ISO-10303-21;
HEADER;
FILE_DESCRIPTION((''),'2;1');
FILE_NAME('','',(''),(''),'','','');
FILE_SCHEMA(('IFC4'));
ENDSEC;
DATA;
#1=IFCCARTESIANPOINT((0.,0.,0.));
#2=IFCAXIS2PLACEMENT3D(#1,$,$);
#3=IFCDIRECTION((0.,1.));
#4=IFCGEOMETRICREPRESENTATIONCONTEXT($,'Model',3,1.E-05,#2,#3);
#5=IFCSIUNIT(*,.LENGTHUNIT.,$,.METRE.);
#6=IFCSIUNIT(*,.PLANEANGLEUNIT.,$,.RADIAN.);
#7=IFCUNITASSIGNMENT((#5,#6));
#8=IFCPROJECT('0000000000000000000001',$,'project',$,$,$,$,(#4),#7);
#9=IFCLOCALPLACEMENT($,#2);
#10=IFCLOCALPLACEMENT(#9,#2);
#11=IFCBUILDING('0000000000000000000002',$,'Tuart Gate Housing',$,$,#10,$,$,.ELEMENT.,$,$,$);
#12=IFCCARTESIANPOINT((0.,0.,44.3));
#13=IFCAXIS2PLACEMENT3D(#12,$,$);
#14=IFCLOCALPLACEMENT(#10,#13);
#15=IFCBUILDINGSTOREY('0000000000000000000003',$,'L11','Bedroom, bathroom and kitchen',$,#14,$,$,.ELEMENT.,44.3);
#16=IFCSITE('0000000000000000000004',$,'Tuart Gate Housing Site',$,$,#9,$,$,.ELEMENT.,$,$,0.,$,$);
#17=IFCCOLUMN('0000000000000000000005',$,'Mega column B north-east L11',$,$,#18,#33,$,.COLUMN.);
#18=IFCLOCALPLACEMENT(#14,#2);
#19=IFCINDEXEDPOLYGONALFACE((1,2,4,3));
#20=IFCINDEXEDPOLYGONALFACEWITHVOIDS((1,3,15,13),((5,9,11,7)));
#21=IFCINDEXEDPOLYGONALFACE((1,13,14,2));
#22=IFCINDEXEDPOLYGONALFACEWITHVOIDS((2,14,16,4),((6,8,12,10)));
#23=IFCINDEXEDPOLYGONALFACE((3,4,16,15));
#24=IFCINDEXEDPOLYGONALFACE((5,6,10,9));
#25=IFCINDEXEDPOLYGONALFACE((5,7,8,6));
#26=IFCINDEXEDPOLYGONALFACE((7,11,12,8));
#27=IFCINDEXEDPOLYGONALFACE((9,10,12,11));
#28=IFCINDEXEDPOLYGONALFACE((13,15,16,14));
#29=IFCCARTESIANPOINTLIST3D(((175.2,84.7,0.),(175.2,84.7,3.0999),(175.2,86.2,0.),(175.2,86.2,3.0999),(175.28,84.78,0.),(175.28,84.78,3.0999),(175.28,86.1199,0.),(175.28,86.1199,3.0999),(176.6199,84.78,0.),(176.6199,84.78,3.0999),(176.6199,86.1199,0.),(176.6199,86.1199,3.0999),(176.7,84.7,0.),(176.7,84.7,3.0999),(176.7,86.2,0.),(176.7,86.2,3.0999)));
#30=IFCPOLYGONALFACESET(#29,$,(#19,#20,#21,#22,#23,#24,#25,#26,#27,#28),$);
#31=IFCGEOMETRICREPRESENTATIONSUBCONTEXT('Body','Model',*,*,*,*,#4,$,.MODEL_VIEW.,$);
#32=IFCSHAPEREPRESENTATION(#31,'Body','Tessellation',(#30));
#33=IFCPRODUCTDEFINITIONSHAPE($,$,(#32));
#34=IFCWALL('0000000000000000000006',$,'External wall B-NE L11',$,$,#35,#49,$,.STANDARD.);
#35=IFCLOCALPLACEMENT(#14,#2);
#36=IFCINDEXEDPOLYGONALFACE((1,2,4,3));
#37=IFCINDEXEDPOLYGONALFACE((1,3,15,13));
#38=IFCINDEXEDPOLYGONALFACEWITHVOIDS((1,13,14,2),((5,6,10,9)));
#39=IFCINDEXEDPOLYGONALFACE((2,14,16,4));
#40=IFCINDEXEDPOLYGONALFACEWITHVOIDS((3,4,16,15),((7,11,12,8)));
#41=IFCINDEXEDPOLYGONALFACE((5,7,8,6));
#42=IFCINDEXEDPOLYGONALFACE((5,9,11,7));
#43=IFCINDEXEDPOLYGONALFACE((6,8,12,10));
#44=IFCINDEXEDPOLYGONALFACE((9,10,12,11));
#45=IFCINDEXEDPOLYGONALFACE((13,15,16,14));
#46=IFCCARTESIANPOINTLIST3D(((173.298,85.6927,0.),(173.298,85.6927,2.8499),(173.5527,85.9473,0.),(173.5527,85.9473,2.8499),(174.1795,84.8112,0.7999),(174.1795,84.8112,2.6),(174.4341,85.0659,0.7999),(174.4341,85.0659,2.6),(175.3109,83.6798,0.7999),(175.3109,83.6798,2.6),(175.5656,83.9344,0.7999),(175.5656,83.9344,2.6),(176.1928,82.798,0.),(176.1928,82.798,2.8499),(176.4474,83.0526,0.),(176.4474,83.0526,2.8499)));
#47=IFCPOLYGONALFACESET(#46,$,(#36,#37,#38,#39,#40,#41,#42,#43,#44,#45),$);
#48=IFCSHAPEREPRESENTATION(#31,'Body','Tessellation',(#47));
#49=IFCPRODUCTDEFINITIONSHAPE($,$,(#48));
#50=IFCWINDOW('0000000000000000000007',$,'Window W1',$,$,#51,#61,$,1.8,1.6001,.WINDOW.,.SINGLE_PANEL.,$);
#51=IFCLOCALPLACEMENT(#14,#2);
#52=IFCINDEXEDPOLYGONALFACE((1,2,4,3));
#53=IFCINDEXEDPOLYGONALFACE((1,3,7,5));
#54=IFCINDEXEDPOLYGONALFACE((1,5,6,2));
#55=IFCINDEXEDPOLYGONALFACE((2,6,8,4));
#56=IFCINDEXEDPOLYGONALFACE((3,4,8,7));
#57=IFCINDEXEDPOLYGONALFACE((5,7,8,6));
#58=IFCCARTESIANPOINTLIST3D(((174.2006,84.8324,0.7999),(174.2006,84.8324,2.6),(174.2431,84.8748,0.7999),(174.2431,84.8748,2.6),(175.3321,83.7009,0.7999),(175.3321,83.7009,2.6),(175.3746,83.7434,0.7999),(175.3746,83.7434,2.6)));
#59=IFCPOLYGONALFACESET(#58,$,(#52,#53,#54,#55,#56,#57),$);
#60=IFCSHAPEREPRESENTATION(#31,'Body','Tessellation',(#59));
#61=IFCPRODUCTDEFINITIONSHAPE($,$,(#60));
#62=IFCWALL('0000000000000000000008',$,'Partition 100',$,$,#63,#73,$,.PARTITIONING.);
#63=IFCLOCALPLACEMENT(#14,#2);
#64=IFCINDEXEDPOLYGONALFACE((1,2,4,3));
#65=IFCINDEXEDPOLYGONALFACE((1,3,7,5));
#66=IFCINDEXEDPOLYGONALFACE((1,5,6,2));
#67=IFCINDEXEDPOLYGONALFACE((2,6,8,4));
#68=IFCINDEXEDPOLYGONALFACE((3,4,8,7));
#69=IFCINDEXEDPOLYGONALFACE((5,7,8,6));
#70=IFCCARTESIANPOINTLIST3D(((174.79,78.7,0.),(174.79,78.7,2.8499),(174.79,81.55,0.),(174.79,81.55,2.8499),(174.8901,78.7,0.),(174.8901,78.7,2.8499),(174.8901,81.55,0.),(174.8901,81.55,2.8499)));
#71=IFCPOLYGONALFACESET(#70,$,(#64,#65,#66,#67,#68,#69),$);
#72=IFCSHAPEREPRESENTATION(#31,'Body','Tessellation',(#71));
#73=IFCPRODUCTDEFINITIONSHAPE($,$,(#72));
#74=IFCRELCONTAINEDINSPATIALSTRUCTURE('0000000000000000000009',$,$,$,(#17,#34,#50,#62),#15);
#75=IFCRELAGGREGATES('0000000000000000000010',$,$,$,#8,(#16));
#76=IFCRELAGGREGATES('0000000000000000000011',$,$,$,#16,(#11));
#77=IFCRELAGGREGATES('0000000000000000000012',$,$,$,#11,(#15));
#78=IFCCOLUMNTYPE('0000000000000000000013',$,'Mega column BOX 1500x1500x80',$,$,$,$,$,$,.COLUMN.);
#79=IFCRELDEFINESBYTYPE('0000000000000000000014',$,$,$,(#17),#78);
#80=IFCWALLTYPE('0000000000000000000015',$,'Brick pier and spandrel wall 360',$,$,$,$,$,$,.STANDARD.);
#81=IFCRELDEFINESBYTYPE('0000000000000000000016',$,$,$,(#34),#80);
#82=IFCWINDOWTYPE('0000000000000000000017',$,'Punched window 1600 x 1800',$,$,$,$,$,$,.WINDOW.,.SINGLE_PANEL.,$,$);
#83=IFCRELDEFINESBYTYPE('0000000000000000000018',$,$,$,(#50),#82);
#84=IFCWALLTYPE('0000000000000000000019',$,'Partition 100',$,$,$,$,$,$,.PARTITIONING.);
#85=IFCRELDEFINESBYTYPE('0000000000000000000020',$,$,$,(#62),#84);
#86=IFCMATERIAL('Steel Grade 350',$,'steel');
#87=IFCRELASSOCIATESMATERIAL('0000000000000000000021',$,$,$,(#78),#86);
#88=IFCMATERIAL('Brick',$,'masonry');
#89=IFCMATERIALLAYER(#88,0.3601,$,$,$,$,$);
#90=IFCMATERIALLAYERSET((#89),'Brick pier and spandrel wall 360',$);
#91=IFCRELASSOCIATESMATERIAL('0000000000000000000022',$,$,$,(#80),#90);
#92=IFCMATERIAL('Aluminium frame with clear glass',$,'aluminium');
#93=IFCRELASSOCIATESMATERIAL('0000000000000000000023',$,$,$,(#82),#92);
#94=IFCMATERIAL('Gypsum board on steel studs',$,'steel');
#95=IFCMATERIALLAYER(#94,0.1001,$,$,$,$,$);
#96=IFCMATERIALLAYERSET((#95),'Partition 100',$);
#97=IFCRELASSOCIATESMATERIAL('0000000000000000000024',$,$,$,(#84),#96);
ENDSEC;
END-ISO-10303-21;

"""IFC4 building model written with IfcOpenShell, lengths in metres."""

from ifc_helpers import new_model, si_unit, direction, frame, frame_2d, origin, origin_2d, place, context, subcontext, project, spatial, rectangle, hollow_rectangle, extrude, material, layer, layer_set, material_profile, profile_set, type_object, element, fill, save


model = new_model("IFC4")

# Units and contexts
model_context = context("Model", 3, precision=1e-05, world=origin(), true_north=direction((0.0, 1.0)))
body_context = subcontext(model_context, "Body", "Model", "MODEL_VIEW")
ifc_project = project(units=[si_unit("LENGTHUNIT", "METRE"), si_unit("PLANEANGLEUNIT", "RADIAN")], contexts=[model_context])

# Site, building, storey
site_placement = place(None, origin())
site = spatial("IfcSite", under=ifc_project, at=site_placement, Name="Tuart Gate Housing Site", CompositionType="ELEMENT", RefElevation=0.0)
building_placement = place(site_placement, origin())
building = spatial("IfcBuilding", under=site, at=building_placement, Name="Tuart Gate Housing", CompositionType="ELEMENT")
storey_placement = place(building_placement, frame((0.0, 0.0, 44.3)))
storey = spatial("IfcBuildingStorey", under=building, at=storey_placement, Name="L11", Description="Bedroom, bathroom and kitchen", CompositionType="ELEMENT", Elevation=44.3)

# Column
ifc_material_1 = material(Name="Steel Grade 350", Category="steel")
ifc_material_profile = material_profile(ifc_material_1, hollow_rectangle(XDim=1.5, YDim=1.5, WallThickness=0.0801, at=origin_2d()), Name="BOX 1500x1500x80")
ifc_profile_set = profile_set([ifc_material_profile], Name="Steel Grade 350")
column_type = type_object("IfcColumnType", Name="Mega column BOX 1500x1500x80", PredefinedType="COLUMN", material=ifc_profile_set)
column_placement = place(storey_placement, frame((175.95, 85.45, 0.0), z_axis=(0.0, 0.0, 1.0), x_axis=(1.0, 0.0, 0.0)))
element("IfcColumn", 1, at=column_placement, inside=storey, type_object=column_type, Name="Mega column B north-east L11", PredefinedType="COLUMN", context=body_context, shape_type="SweptSolid", body=[
    extrude(hollow_rectangle(XDim=1.5, YDim=1.5, WallThickness=0.0801, at=origin_2d()), origin(), (0.0, 0.0, 1.0), 3.0999),
])

# Wall, opening, window
ifc_material_2 = material(Name="Brick", Category="masonry")
ifc_layer_1 = layer(ifc_material_2, 0.3601)
ifc_layer_set_1 = layer_set([ifc_layer_1], Name="Brick pier and spandrel wall 360")
wall_type_1 = type_object("IfcWallType", Name="Brick pier and spandrel wall 360", PredefinedType="STANDARD", material=ifc_layer_set_1)
wall_1_placement = place(storey_placement, frame((176.3201, 82.9253, 0.0), z_axis=(0.0, 0.0, 1.0), x_axis=(-0.707107, 0.707107, 0.0)))
wall_1 = element("IfcWall", 2, at=wall_1_placement, inside=storey, type_object=wall_type_1, Name="External wall B-NE L11", PredefinedType="STANDARD", context=body_context, shape_type="SweptSolid", body=[
    extrude(rectangle(XDim=4.0938, YDim=0.3601, at=frame_2d((2.0469, 0.0))), origin(), (0.0, 0.0, 1.0), 2.8499),
])
opening_1_placement = place(wall_1_placement, frame((1.2471, 0.0, 0.8)))
opening_1 = element("IfcOpeningElement", 3, at=opening_1_placement, cuts=wall_1, PredefinedType="OPENING", context=body_context, shape_type="SweptSolid", body=[
    extrude(rectangle(XDim=1.6001, YDim=1.8, at=frame_2d((0.8, 0.8999))), frame((0.0, 0.1899, 0.0), z_axis=(0.0, -1.0, 0.0), x_axis=(1.0, 0.0, 0.0)), (0.0, 0.0, 1.0), 0.3801),
])
ifc_material_3 = material(Name="Aluminium frame with clear glass", Category="aluminium")
window_type_1 = type_object("IfcWindowType", Name="Punched window 1600 x 1800", PartitioningType="SINGLE_PANEL", PredefinedType="WINDOW", material=ifc_material_3)
window_1_placement = place(opening_1_placement, origin())
window_1 = element("IfcWindow", 4, at=window_1_placement, inside=storey, type_object=window_type_1, Name="Window W1", OverallHeight=1.8, OverallWidth=1.6001, PartitioningType="SINGLE_PANEL", PredefinedType="WINDOW", context=body_context, shape_type="SweptSolid", body=[
    extrude(rectangle(XDim=1.6001, YDim=1.8, at=frame_2d((0.8, 0.8999))), frame((0.0, 0.1501, 0.0), z_axis=(0.0, -1.0, 0.0), x_axis=(1.0, 0.0, 0.0)), (0.0, 0.0, 1.0), 0.0601),
])
fill(opening_1, window_1)

# Wall
ifc_material_4 = material(Name="Gypsum board on steel studs", Category="steel")
ifc_layer_2 = layer(ifc_material_4, 0.1001)
ifc_layer_set_2 = layer_set([ifc_layer_2], Name="Partition 100")
wall_type_2 = type_object("IfcWallType", Name="Partition 100", PredefinedType="PARTITIONING", material=ifc_layer_set_2)
wall_2_placement = place(storey_placement, frame((174.8401, 78.7, 0.0), z_axis=(0.0, 0.0, 1.0), x_axis=(0.0, 1.0, 0.0)))
element("IfcWall", 5, at=wall_2_placement, inside=storey, type_object=wall_type_2, Name="Partition 100", PredefinedType="PARTITIONING", context=body_context, shape_type="SweptSolid", body=[
    extrude(rectangle(XDim=2.8501, YDim=0.1001, at=frame_2d((1.425, 0.0))), origin(), (0.0, 0.0, 1.0), 2.8499),
])

save(model, "model.ifc")
